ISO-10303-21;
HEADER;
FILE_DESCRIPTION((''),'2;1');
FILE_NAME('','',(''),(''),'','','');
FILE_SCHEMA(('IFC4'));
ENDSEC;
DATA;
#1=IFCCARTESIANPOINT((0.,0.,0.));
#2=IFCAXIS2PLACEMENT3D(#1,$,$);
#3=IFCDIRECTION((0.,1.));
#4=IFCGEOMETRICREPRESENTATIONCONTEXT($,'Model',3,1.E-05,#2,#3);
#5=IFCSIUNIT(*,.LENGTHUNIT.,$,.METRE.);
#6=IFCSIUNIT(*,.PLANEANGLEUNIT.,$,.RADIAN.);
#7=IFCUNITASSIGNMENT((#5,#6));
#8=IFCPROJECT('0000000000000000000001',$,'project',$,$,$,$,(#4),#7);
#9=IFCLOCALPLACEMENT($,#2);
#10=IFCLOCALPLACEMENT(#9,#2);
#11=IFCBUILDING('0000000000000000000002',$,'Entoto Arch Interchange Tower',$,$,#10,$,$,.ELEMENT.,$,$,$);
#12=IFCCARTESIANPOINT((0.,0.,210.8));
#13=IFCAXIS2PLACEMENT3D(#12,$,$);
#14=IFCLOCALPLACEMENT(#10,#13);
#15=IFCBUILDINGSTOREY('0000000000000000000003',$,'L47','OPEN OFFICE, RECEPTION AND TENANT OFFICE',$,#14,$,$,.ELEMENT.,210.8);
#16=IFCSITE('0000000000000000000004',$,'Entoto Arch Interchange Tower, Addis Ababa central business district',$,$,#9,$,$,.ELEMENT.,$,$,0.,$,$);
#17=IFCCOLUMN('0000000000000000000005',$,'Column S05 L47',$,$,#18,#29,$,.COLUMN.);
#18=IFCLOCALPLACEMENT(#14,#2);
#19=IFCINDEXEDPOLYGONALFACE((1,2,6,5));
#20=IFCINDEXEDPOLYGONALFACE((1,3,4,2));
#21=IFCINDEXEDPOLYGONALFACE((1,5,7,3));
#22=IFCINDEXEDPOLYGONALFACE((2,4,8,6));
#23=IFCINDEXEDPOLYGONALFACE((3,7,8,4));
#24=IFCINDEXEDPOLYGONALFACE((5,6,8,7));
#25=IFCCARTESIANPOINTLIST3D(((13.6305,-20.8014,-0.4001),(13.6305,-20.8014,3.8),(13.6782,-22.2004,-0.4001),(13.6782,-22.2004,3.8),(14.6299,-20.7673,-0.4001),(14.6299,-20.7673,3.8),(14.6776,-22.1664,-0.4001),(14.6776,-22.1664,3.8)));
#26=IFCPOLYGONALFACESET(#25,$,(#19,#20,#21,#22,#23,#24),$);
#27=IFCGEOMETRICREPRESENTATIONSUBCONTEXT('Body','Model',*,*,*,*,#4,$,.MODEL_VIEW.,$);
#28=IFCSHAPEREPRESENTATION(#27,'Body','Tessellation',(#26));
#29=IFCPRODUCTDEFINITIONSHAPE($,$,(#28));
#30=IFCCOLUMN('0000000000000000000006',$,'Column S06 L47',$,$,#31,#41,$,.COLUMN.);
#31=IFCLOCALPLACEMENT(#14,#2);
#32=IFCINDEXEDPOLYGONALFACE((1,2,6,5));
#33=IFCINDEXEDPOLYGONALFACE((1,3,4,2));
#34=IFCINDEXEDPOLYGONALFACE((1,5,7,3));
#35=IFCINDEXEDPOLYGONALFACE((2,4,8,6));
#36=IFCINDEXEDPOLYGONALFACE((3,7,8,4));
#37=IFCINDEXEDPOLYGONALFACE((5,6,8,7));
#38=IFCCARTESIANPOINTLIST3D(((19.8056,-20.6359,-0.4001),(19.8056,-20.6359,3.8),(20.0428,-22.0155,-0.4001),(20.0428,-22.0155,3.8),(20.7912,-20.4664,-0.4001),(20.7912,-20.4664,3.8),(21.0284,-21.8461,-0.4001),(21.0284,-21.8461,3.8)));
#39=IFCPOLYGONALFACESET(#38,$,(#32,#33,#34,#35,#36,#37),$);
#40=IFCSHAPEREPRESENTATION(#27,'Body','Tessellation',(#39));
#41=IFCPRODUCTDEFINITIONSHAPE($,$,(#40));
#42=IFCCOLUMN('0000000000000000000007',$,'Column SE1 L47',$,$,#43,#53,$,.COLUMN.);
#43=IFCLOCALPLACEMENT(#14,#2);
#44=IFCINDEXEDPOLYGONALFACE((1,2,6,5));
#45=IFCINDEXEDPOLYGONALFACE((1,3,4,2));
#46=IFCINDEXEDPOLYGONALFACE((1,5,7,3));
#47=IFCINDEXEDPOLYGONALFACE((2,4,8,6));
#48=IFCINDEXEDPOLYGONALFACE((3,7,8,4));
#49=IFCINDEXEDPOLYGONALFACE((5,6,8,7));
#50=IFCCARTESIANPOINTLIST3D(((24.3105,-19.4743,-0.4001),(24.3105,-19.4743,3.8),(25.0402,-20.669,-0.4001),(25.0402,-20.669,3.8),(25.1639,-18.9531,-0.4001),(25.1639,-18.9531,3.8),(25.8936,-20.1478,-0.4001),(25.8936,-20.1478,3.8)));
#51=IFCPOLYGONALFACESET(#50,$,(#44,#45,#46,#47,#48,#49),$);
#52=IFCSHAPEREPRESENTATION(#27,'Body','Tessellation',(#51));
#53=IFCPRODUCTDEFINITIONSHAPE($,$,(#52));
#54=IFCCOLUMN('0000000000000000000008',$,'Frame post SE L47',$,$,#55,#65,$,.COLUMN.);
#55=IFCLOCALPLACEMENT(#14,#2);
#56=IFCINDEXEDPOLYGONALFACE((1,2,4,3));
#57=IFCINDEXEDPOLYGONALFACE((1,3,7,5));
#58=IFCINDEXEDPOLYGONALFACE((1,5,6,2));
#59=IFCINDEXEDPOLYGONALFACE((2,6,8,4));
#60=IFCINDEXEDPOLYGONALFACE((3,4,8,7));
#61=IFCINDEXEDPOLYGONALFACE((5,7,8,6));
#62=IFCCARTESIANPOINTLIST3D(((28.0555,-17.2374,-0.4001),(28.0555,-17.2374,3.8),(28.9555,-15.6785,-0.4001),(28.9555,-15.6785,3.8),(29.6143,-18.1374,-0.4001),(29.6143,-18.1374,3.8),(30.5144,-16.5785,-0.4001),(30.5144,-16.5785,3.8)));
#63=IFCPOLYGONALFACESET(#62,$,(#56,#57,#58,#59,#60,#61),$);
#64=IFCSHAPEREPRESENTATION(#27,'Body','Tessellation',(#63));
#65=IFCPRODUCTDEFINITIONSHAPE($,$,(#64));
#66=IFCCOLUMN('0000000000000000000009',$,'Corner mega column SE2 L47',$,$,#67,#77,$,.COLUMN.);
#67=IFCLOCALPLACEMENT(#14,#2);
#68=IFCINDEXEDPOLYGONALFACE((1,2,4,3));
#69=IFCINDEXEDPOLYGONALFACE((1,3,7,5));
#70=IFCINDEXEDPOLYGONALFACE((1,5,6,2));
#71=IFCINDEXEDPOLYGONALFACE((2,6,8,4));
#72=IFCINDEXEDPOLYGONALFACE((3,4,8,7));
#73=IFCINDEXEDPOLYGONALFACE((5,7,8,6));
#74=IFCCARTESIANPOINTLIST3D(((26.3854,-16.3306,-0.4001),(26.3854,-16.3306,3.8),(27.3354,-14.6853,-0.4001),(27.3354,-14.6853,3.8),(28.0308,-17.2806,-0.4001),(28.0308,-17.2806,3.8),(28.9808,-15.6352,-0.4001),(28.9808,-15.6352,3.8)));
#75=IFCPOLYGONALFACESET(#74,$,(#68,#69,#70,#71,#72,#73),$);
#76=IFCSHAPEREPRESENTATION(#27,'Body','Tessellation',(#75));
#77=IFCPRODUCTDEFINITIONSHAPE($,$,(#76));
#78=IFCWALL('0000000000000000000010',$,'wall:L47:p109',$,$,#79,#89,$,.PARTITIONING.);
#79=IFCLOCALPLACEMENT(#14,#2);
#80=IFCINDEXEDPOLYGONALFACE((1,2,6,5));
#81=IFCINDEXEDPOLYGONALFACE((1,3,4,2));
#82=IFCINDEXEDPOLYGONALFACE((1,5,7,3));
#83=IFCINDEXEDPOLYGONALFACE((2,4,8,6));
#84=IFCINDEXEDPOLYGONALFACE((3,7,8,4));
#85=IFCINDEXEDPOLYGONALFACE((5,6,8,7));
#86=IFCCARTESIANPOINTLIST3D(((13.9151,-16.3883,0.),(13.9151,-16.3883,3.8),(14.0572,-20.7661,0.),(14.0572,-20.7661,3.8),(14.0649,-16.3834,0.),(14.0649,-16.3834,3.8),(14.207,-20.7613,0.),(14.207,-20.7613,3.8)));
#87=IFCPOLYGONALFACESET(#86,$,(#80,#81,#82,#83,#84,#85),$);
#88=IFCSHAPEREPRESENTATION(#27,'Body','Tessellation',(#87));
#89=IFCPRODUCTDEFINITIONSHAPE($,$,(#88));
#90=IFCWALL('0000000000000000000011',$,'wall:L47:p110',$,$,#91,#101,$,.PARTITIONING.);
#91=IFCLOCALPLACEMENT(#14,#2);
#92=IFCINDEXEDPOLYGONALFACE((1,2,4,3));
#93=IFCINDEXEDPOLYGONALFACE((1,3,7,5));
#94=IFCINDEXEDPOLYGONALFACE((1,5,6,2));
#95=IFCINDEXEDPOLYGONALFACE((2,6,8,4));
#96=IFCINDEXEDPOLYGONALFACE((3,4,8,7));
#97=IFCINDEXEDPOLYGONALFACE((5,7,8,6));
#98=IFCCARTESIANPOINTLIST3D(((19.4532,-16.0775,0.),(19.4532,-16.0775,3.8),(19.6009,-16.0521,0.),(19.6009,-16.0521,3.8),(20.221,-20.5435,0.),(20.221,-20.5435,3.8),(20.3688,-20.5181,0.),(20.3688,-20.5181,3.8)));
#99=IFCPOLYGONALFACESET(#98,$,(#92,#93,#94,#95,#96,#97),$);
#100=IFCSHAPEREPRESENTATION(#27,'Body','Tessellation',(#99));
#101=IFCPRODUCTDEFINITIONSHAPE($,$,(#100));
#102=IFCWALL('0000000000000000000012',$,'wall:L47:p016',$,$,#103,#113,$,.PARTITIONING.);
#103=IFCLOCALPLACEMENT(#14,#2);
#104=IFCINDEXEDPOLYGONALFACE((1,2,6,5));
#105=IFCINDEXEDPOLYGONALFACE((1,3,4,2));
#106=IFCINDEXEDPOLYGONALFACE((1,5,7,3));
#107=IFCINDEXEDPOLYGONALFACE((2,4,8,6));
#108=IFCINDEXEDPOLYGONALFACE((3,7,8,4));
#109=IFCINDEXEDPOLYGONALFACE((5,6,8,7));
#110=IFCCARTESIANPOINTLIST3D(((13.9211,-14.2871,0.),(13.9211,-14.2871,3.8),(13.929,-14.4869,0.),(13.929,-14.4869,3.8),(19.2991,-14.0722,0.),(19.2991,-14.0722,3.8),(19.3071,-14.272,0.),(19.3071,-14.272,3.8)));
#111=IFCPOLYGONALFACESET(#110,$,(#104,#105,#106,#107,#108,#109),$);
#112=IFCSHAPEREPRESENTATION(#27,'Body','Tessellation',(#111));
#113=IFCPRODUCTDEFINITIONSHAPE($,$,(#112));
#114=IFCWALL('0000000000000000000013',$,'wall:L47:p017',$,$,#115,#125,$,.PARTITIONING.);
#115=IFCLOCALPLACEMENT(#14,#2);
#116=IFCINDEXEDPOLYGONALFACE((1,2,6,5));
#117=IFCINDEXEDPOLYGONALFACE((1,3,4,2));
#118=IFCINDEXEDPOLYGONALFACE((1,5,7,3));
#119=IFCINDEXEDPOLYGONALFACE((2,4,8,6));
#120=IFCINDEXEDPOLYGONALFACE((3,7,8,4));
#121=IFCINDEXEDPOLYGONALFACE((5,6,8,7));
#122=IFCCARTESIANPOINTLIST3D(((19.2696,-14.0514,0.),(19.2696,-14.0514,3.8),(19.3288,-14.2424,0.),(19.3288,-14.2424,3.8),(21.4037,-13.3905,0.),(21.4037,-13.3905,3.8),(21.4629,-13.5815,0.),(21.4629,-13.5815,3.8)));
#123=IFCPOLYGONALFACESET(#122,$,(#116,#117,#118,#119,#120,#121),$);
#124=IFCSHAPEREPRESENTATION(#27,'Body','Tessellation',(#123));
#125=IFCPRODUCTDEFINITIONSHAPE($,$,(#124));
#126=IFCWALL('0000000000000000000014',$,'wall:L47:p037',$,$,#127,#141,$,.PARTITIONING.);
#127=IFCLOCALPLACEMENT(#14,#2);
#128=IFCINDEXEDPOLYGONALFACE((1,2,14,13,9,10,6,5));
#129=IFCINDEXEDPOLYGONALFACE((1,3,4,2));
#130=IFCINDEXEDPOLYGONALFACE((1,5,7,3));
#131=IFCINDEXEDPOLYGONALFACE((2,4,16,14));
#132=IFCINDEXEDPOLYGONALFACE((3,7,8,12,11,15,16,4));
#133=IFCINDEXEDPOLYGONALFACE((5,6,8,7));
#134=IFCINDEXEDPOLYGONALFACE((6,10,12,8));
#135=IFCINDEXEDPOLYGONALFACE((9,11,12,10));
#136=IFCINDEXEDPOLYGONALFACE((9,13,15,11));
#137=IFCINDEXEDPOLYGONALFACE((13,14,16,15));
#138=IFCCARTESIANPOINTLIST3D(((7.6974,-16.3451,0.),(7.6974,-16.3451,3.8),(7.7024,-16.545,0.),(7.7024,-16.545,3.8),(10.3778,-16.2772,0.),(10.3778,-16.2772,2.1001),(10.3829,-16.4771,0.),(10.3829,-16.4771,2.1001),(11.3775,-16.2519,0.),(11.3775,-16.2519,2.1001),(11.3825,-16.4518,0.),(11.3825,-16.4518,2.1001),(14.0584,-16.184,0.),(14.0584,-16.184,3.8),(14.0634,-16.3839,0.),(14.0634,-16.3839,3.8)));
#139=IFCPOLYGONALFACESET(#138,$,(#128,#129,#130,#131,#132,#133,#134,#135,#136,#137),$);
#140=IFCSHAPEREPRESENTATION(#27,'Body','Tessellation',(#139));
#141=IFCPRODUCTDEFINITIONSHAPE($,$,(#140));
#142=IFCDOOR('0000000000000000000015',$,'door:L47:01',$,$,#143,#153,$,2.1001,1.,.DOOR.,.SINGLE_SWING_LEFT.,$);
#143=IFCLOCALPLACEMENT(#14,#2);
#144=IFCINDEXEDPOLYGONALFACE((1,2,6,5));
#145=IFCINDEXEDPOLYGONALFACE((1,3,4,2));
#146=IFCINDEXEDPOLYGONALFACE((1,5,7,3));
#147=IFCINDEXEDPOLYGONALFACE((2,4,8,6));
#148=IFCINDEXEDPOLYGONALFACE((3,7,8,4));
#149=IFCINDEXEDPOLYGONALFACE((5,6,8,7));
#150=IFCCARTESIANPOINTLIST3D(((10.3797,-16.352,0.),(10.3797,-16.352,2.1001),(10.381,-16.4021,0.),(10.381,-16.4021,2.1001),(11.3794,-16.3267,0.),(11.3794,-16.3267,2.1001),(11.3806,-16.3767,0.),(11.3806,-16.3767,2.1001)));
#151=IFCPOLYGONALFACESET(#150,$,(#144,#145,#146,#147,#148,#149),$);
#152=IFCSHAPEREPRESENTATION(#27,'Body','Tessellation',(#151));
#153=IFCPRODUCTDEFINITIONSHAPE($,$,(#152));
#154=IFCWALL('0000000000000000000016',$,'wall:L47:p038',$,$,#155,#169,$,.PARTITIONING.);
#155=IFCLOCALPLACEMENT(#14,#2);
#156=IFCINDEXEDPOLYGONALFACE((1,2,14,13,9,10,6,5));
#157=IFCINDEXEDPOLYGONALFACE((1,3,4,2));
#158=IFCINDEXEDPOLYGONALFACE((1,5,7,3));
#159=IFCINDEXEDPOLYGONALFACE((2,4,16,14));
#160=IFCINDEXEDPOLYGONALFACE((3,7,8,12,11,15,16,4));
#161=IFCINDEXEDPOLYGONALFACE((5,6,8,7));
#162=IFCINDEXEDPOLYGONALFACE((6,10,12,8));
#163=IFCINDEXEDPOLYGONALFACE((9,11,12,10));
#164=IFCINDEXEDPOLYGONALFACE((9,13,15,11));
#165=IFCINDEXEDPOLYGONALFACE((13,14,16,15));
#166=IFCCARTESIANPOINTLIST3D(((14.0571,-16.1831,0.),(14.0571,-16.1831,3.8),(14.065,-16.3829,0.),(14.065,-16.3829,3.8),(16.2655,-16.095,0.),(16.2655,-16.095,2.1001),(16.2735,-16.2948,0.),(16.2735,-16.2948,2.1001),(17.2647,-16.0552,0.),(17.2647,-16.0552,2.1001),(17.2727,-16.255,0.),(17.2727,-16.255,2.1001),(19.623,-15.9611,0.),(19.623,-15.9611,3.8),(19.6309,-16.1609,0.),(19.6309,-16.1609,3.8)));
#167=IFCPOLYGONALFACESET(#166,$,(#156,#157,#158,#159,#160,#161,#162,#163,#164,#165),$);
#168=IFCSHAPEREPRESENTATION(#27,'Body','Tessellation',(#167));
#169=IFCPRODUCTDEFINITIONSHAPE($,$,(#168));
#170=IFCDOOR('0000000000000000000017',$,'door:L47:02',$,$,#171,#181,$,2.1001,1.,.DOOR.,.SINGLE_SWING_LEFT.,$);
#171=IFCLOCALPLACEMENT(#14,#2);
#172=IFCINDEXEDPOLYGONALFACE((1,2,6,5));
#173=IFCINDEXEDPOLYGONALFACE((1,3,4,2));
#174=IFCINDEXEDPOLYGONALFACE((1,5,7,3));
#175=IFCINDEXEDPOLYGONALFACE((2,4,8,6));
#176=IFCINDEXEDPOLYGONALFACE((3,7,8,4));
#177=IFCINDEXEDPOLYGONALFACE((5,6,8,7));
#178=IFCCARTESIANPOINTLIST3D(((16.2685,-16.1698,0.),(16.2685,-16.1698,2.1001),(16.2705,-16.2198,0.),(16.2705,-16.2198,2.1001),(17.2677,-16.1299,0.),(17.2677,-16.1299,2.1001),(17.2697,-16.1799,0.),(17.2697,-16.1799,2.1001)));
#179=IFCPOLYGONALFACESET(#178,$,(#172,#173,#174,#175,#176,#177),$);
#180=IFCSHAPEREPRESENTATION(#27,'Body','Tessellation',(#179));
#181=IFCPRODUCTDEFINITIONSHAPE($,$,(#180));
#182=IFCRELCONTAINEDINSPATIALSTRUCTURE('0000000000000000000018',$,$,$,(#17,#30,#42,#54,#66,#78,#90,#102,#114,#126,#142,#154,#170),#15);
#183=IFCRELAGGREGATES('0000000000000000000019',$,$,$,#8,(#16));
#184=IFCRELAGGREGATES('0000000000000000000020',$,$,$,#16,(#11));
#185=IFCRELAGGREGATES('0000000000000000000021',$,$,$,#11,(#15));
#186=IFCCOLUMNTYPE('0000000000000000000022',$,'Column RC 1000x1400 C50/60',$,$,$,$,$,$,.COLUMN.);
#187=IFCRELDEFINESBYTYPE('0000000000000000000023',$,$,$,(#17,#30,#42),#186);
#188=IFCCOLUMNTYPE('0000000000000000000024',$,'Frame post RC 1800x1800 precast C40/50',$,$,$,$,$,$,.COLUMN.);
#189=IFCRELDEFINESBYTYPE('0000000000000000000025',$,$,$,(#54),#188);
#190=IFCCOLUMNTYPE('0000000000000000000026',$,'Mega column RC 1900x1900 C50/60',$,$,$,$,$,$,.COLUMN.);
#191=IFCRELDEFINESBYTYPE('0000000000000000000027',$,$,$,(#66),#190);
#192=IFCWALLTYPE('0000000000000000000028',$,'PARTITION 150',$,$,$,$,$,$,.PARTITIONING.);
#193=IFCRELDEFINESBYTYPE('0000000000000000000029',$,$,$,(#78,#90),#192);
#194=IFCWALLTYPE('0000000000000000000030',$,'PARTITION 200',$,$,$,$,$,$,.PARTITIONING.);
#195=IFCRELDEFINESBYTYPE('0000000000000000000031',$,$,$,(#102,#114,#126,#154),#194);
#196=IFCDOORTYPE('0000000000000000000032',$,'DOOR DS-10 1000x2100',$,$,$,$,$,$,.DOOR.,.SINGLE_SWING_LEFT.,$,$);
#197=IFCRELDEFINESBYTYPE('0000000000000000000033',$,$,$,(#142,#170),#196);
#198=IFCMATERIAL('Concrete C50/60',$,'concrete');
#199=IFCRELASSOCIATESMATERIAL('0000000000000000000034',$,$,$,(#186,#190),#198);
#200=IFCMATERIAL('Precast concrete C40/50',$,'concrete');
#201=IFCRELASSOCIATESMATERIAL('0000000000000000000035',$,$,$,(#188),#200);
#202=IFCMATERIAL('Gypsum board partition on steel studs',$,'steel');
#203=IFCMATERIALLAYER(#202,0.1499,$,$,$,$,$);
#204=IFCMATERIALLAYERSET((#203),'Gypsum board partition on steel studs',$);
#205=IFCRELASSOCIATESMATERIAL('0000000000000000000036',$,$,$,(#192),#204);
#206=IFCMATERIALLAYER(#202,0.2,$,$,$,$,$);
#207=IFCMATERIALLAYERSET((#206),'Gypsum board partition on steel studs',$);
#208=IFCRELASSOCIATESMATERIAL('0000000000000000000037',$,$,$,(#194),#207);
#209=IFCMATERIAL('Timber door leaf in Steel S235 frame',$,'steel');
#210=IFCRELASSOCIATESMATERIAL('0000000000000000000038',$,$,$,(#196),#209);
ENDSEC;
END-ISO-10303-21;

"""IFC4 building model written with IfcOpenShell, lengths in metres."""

from ifc_helpers import new_model, si_unit, direction, frame, frame_2d, origin, origin_2d, place, context, subcontext, project, spatial, rectangle, extrude, material, layer, layer_set, material_profile, profile_set, type_object, element, fill, save


model = new_model("IFC4")

# Units and contexts
model_context = context("Model", 3, precision=1e-05, world=origin(), true_north=direction((0.0, 1.0)))
body_context = subcontext(model_context, "Body", "Model", "MODEL_VIEW")
ifc_project = project(units=[si_unit("LENGTHUNIT", "METRE"), si_unit("PLANEANGLEUNIT", "RADIAN")], contexts=[model_context])

# Site, building, storey
site_placement = place(None, origin())
site = spatial("IfcSite", under=ifc_project, at=site_placement, Name="Entoto Arch Interchange Tower, Addis Ababa central business district", CompositionType="ELEMENT", RefElevation=0.0)
building_placement = place(site_placement, origin())
building = spatial("IfcBuilding", under=site, at=building_placement, Name="Entoto Arch Interchange Tower", CompositionType="ELEMENT")
storey_placement = place(building_placement, frame((0.0, 0.0, 210.8)))
storey = spatial("IfcBuildingStorey", under=building, at=storey_placement, Name="L47", Description="OPEN OFFICE, RECEPTION AND TENANT OFFICE", CompositionType="ELEMENT", Elevation=210.8)

# Columns
ifc_material_1 = material(Name="Concrete C50/60", Category="concrete")
ifc_material_profile_1 = material_profile(ifc_material_1, rectangle(XDim=1.0, YDim=1.3999, at=origin_2d()))
ifc_profile_set_1 = profile_set([ifc_material_profile_1], Name="Concrete C50/60")
column_type_1 = type_object("IfcColumnType", Name="Column RC 1000x1400 C50/60", PredefinedType="COLUMN", material=ifc_profile_set_1)
for number, where, z_axis, x_axis, name in (
    (1, (14.1541, -21.4839, -0.4001), (0.0, 0.0, 1.0), (0.999421, 0.034027, 0.0), "Column S05 L47"),
    (2, (20.417, -21.241, -0.4001), (0.0, 0.0, 1.0), (0.985541, 0.169436, 0.0), "Column S06 L47"),
    (3, (25.1021, -19.811, -0.4001), (0.0, 0.0, 1.0), (0.853423, 0.521218, 0.0), "Column SE1 L47"),
):
    element("IfcColumn", number, at=place(storey_placement, frame(where, z_axis=z_axis, x_axis=x_axis)), inside=storey, type_object=column_type_1, Name=name, PredefinedType="COLUMN", context=body_context, shape_type="SweptSolid", body=[
        extrude(rectangle(XDim=1.0, YDim=1.3999, at=origin_2d()), origin(), (0.0, 0.0, 1.0), 4.2002),
    ])
ifc_material_2 = material(Name="Precast concrete C40/50", Category="concrete")
ifc_material_profile_2 = material_profile(ifc_material_2, rectangle(XDim=1.8, YDim=1.8, at=origin_2d()))
ifc_profile_set_2 = profile_set([ifc_material_profile_2], Name="Precast concrete C40/50")
column_type_2 = type_object("IfcColumnType", Name="Frame post RC 1800x1800 precast C40/50", PredefinedType="COLUMN", material=ifc_profile_set_2)
column_1_placement = place(storey_placement, frame((29.2849, -16.908, -0.4001), z_axis=(0.0, 0.0, 1.0), x_axis=(-0.866025, 0.5, 0.0)))
element("IfcColumn", 4, at=column_1_placement, inside=storey, type_object=column_type_2, Name="Frame post SE L47", PredefinedType="COLUMN", context=body_context, shape_type="SweptSolid", body=[
    extrude(rectangle(XDim=1.8, YDim=1.8, at=origin_2d()), origin(), (0.0, 0.0, 1.0), 4.2002),
])
ifc_material_profile_3 = material_profile(ifc_material_1, rectangle(XDim=1.8999, YDim=1.8999, at=origin_2d()))
ifc_profile_set_3 = profile_set([ifc_material_profile_3], Name="Concrete C50/60")
column_type_3 = type_object("IfcColumnType", Name="Mega column RC 1900x1900 C50/60", PredefinedType="COLUMN", material=ifc_profile_set_3)
column_2_placement = place(storey_placement, frame((27.6831, -15.9829, -0.4001), z_axis=(0.0, 0.0, 1.0), x_axis=(-0.866025, 0.5, 0.0)))
element("IfcColumn", 5, at=column_2_placement, inside=storey, type_object=column_type_3, Name="Corner mega column SE2 L47", PredefinedType="COLUMN", context=body_context, shape_type="SweptSolid", body=[
    extrude(rectangle(XDim=1.8999, YDim=1.8999, at=origin_2d()), origin(), (0.0, 0.0, 1.0), 4.2002),
])

# Walls
ifc_material_3 = material(Name="Gypsum board partition on steel studs", Category="steel")
ifc_layer_1 = layer(ifc_material_3, 0.1499)
ifc_layer_set_1 = layer_set([ifc_layer_1], Name="Gypsum board partition on steel studs")
wall_type_1 = type_object("IfcWallType", Name="PARTITION 150", PredefinedType="PARTITIONING", material=ifc_layer_set_1)
wall_1_placement = place(storey_placement, frame((13.99, -16.386, 0.0), z_axis=(0.0, 0.0, 1.0), x_axis=(0.032439, -0.999474, 0.0)))
element("IfcWall", 6, at=wall_1_placement, inside=storey, type_object=wall_type_1, Name="wall:L47:p109", PredefinedType="PARTITIONING", context=body_context, shape_type="SweptSolid", body=[
    extrude(rectangle(XDim=4.3801, YDim=0.1499, at=frame_2d((2.1899, 0.0))), origin(), (0.0, 0.0, 1.0), 3.8),
])
wall_2_placement = place(storey_placement, frame((19.5271, -16.0649, 0.0), z_axis=(0.0, 0.0, 1.0), x_axis=(0.169438, -0.985541, 0.0)))
element("IfcWall", 7, at=wall_2_placement, inside=storey, type_object=wall_type_1, Name="wall:L47:p110", PredefinedType="PARTITIONING", context=body_context, shape_type="SweptSolid", body=[
    extrude(rectangle(XDim=4.5315, YDim=0.1499, at=frame_2d((2.2656, 0.0))), origin(), (0.0, 0.0, 1.0), 3.8),
])
ifc_layer_2 = layer(ifc_material_3, 0.2)
ifc_layer_set_2 = layer_set([ifc_layer_2], Name="Gypsum board partition on steel studs")
wall_type_2 = type_object("IfcWallType", Name="PARTITION 200", PredefinedType="PARTITIONING", material=ifc_layer_set_2)
wall_3_placement = place(storey_placement, frame((13.925, -14.387, 0.0), z_axis=(0.0, 0.0, 1.0), x_axis=(0.999203, 0.039917, 0.0)))
element("IfcWall", 8, at=wall_3_placement, inside=storey, type_object=wall_type_2, Name="wall:L47:p016", PredefinedType="PARTITIONING", context=body_context, shape_type="SweptSolid", body=[
    extrude(rectangle(XDim=5.3823, YDim=0.2, at=frame_2d((2.6912, 0.0))), origin(), (0.0, 0.0, 1.0), 3.8),
])
wall_4_placement = place(storey_placement, frame((19.2991, -14.147, 0.0), z_axis=(0.0, 0.0, 1.0), x_axis=(0.955241, 0.295829, 0.0)))
element("IfcWall", 9, at=wall_4_placement, inside=storey, type_object=wall_type_2, Name="wall:L47:p017", PredefinedType="PARTITIONING", context=body_context, shape_type="SweptSolid", body=[
    extrude(rectangle(XDim=2.2341, YDim=0.2, at=frame_2d((1.1172, 0.0))), origin(), (0.0, 0.0, 1.0), 3.8),
])

# Walls, openings, doors
wall_5_placement = place(storey_placement, frame((14.061, -16.2839, 0.0), z_axis=(0.0, 0.0, 1.0), x_axis=(-0.999679, -0.025323, 0.0)))
wall_5 = element("IfcWall", 10, at=wall_5_placement, inside=storey, type_object=wall_type_2, Name="wall:L47:p037", PredefinedType="PARTITIONING", context=body_context, shape_type="SweptSolid", body=[
    extrude(rectangle(XDim=6.363, YDim=0.2, at=frame_2d((3.1816, 0.0))), origin(), (0.0, 0.0, 1.0), 3.8),
])
opening_1_placement = place(wall_5_placement, frame((2.6819, 0.0, 0.0)))
opening_1 = element("IfcOpeningElement", 11, at=opening_1_placement, cuts=wall_5, PredefinedType="OPENING", context=body_context, shape_type="SweptSolid", body=[
    extrude(rectangle(XDim=1.0, YDim=2.1001, at=frame_2d((0.5, 1.05))), frame((0.0, 0.1099, 0.0), z_axis=(0.0, -1.0, 0.0), x_axis=(1.0, 0.0, 0.0)), (0.0, 0.0, 1.0), 0.22),
])
ifc_material_4 = material(Name="Timber door leaf in Steel S235 frame", Category="steel")
door_type = type_object("IfcDoorType", Name="DOOR DS-10 1000x2100", OperationType="SINGLE_SWING_LEFT", PredefinedType="DOOR", material=ifc_material_4)
door_1_placement = place(opening_1_placement, origin())
door_1 = element("IfcDoor", 12, at=door_1_placement, inside=storey, type_object=door_type, Name="door:L47:01", OperationType="SINGLE_SWING_LEFT", OverallHeight=2.1001, OverallWidth=1.0, PredefinedType="DOOR", context=body_context, shape_type="SweptSolid", body=[
    extrude(rectangle(XDim=1.0, YDim=2.1001, at=frame_2d((0.5, 1.05))), frame((0.0, 0.0249, 0.0), z_axis=(0.0, -1.0, 0.0), x_axis=(1.0, 0.0, 0.0)), (0.0, 0.0, 1.0), 0.05),
])
fill(opening_1, door_1)
wall_6_placement = place(storey_placement, frame((19.627, -16.061, 0.0), z_axis=(0.0, 0.0, 1.0), x_axis=(-0.999206, -0.03984, 0.0)))
wall_6 = element("IfcWall", 13, at=wall_6_placement, inside=storey, type_object=wall_type_2, Name="wall:L47:p038", PredefinedType="PARTITIONING", context=body_context, shape_type="SweptSolid", body=[
    extrude(rectangle(XDim=5.5703, YDim=0.2, at=frame_2d((2.7852, 0.0))), origin(), (0.0, 0.0, 1.0), 3.8),
])
opening_2_placement = place(wall_6_placement, frame((2.3601, 0.0, 0.0)))
opening_2 = element("IfcOpeningElement", 14, at=opening_2_placement, cuts=wall_6, PredefinedType="OPENING", context=body_context, shape_type="SweptSolid", body=[
    extrude(rectangle(XDim=1.0, YDim=2.1001, at=frame_2d((0.5, 1.05))), frame((0.0, 0.1099, 0.0), z_axis=(0.0, -1.0, 0.0), x_axis=(1.0, 0.0, 0.0)), (0.0, 0.0, 1.0), 0.22),
])
door_2_placement = place(opening_2_placement, origin())
door_2 = element("IfcDoor", 15, at=door_2_placement, inside=storey, type_object=door_type, Name="door:L47:02", OperationType="SINGLE_SWING_LEFT", OverallHeight=2.1001, OverallWidth=1.0, PredefinedType="DOOR", context=body_context, shape_type="SweptSolid", body=[
    extrude(rectangle(XDim=1.0, YDim=2.1001, at=frame_2d((0.5, 1.05))), frame((0.0, 0.0249, 0.0), z_axis=(0.0, -1.0, 0.0), x_axis=(1.0, 0.0, 0.0)), (0.0, 0.0, 1.0), 0.05),
])
fill(opening_2, door_2)

save(model, "model.ifc")
